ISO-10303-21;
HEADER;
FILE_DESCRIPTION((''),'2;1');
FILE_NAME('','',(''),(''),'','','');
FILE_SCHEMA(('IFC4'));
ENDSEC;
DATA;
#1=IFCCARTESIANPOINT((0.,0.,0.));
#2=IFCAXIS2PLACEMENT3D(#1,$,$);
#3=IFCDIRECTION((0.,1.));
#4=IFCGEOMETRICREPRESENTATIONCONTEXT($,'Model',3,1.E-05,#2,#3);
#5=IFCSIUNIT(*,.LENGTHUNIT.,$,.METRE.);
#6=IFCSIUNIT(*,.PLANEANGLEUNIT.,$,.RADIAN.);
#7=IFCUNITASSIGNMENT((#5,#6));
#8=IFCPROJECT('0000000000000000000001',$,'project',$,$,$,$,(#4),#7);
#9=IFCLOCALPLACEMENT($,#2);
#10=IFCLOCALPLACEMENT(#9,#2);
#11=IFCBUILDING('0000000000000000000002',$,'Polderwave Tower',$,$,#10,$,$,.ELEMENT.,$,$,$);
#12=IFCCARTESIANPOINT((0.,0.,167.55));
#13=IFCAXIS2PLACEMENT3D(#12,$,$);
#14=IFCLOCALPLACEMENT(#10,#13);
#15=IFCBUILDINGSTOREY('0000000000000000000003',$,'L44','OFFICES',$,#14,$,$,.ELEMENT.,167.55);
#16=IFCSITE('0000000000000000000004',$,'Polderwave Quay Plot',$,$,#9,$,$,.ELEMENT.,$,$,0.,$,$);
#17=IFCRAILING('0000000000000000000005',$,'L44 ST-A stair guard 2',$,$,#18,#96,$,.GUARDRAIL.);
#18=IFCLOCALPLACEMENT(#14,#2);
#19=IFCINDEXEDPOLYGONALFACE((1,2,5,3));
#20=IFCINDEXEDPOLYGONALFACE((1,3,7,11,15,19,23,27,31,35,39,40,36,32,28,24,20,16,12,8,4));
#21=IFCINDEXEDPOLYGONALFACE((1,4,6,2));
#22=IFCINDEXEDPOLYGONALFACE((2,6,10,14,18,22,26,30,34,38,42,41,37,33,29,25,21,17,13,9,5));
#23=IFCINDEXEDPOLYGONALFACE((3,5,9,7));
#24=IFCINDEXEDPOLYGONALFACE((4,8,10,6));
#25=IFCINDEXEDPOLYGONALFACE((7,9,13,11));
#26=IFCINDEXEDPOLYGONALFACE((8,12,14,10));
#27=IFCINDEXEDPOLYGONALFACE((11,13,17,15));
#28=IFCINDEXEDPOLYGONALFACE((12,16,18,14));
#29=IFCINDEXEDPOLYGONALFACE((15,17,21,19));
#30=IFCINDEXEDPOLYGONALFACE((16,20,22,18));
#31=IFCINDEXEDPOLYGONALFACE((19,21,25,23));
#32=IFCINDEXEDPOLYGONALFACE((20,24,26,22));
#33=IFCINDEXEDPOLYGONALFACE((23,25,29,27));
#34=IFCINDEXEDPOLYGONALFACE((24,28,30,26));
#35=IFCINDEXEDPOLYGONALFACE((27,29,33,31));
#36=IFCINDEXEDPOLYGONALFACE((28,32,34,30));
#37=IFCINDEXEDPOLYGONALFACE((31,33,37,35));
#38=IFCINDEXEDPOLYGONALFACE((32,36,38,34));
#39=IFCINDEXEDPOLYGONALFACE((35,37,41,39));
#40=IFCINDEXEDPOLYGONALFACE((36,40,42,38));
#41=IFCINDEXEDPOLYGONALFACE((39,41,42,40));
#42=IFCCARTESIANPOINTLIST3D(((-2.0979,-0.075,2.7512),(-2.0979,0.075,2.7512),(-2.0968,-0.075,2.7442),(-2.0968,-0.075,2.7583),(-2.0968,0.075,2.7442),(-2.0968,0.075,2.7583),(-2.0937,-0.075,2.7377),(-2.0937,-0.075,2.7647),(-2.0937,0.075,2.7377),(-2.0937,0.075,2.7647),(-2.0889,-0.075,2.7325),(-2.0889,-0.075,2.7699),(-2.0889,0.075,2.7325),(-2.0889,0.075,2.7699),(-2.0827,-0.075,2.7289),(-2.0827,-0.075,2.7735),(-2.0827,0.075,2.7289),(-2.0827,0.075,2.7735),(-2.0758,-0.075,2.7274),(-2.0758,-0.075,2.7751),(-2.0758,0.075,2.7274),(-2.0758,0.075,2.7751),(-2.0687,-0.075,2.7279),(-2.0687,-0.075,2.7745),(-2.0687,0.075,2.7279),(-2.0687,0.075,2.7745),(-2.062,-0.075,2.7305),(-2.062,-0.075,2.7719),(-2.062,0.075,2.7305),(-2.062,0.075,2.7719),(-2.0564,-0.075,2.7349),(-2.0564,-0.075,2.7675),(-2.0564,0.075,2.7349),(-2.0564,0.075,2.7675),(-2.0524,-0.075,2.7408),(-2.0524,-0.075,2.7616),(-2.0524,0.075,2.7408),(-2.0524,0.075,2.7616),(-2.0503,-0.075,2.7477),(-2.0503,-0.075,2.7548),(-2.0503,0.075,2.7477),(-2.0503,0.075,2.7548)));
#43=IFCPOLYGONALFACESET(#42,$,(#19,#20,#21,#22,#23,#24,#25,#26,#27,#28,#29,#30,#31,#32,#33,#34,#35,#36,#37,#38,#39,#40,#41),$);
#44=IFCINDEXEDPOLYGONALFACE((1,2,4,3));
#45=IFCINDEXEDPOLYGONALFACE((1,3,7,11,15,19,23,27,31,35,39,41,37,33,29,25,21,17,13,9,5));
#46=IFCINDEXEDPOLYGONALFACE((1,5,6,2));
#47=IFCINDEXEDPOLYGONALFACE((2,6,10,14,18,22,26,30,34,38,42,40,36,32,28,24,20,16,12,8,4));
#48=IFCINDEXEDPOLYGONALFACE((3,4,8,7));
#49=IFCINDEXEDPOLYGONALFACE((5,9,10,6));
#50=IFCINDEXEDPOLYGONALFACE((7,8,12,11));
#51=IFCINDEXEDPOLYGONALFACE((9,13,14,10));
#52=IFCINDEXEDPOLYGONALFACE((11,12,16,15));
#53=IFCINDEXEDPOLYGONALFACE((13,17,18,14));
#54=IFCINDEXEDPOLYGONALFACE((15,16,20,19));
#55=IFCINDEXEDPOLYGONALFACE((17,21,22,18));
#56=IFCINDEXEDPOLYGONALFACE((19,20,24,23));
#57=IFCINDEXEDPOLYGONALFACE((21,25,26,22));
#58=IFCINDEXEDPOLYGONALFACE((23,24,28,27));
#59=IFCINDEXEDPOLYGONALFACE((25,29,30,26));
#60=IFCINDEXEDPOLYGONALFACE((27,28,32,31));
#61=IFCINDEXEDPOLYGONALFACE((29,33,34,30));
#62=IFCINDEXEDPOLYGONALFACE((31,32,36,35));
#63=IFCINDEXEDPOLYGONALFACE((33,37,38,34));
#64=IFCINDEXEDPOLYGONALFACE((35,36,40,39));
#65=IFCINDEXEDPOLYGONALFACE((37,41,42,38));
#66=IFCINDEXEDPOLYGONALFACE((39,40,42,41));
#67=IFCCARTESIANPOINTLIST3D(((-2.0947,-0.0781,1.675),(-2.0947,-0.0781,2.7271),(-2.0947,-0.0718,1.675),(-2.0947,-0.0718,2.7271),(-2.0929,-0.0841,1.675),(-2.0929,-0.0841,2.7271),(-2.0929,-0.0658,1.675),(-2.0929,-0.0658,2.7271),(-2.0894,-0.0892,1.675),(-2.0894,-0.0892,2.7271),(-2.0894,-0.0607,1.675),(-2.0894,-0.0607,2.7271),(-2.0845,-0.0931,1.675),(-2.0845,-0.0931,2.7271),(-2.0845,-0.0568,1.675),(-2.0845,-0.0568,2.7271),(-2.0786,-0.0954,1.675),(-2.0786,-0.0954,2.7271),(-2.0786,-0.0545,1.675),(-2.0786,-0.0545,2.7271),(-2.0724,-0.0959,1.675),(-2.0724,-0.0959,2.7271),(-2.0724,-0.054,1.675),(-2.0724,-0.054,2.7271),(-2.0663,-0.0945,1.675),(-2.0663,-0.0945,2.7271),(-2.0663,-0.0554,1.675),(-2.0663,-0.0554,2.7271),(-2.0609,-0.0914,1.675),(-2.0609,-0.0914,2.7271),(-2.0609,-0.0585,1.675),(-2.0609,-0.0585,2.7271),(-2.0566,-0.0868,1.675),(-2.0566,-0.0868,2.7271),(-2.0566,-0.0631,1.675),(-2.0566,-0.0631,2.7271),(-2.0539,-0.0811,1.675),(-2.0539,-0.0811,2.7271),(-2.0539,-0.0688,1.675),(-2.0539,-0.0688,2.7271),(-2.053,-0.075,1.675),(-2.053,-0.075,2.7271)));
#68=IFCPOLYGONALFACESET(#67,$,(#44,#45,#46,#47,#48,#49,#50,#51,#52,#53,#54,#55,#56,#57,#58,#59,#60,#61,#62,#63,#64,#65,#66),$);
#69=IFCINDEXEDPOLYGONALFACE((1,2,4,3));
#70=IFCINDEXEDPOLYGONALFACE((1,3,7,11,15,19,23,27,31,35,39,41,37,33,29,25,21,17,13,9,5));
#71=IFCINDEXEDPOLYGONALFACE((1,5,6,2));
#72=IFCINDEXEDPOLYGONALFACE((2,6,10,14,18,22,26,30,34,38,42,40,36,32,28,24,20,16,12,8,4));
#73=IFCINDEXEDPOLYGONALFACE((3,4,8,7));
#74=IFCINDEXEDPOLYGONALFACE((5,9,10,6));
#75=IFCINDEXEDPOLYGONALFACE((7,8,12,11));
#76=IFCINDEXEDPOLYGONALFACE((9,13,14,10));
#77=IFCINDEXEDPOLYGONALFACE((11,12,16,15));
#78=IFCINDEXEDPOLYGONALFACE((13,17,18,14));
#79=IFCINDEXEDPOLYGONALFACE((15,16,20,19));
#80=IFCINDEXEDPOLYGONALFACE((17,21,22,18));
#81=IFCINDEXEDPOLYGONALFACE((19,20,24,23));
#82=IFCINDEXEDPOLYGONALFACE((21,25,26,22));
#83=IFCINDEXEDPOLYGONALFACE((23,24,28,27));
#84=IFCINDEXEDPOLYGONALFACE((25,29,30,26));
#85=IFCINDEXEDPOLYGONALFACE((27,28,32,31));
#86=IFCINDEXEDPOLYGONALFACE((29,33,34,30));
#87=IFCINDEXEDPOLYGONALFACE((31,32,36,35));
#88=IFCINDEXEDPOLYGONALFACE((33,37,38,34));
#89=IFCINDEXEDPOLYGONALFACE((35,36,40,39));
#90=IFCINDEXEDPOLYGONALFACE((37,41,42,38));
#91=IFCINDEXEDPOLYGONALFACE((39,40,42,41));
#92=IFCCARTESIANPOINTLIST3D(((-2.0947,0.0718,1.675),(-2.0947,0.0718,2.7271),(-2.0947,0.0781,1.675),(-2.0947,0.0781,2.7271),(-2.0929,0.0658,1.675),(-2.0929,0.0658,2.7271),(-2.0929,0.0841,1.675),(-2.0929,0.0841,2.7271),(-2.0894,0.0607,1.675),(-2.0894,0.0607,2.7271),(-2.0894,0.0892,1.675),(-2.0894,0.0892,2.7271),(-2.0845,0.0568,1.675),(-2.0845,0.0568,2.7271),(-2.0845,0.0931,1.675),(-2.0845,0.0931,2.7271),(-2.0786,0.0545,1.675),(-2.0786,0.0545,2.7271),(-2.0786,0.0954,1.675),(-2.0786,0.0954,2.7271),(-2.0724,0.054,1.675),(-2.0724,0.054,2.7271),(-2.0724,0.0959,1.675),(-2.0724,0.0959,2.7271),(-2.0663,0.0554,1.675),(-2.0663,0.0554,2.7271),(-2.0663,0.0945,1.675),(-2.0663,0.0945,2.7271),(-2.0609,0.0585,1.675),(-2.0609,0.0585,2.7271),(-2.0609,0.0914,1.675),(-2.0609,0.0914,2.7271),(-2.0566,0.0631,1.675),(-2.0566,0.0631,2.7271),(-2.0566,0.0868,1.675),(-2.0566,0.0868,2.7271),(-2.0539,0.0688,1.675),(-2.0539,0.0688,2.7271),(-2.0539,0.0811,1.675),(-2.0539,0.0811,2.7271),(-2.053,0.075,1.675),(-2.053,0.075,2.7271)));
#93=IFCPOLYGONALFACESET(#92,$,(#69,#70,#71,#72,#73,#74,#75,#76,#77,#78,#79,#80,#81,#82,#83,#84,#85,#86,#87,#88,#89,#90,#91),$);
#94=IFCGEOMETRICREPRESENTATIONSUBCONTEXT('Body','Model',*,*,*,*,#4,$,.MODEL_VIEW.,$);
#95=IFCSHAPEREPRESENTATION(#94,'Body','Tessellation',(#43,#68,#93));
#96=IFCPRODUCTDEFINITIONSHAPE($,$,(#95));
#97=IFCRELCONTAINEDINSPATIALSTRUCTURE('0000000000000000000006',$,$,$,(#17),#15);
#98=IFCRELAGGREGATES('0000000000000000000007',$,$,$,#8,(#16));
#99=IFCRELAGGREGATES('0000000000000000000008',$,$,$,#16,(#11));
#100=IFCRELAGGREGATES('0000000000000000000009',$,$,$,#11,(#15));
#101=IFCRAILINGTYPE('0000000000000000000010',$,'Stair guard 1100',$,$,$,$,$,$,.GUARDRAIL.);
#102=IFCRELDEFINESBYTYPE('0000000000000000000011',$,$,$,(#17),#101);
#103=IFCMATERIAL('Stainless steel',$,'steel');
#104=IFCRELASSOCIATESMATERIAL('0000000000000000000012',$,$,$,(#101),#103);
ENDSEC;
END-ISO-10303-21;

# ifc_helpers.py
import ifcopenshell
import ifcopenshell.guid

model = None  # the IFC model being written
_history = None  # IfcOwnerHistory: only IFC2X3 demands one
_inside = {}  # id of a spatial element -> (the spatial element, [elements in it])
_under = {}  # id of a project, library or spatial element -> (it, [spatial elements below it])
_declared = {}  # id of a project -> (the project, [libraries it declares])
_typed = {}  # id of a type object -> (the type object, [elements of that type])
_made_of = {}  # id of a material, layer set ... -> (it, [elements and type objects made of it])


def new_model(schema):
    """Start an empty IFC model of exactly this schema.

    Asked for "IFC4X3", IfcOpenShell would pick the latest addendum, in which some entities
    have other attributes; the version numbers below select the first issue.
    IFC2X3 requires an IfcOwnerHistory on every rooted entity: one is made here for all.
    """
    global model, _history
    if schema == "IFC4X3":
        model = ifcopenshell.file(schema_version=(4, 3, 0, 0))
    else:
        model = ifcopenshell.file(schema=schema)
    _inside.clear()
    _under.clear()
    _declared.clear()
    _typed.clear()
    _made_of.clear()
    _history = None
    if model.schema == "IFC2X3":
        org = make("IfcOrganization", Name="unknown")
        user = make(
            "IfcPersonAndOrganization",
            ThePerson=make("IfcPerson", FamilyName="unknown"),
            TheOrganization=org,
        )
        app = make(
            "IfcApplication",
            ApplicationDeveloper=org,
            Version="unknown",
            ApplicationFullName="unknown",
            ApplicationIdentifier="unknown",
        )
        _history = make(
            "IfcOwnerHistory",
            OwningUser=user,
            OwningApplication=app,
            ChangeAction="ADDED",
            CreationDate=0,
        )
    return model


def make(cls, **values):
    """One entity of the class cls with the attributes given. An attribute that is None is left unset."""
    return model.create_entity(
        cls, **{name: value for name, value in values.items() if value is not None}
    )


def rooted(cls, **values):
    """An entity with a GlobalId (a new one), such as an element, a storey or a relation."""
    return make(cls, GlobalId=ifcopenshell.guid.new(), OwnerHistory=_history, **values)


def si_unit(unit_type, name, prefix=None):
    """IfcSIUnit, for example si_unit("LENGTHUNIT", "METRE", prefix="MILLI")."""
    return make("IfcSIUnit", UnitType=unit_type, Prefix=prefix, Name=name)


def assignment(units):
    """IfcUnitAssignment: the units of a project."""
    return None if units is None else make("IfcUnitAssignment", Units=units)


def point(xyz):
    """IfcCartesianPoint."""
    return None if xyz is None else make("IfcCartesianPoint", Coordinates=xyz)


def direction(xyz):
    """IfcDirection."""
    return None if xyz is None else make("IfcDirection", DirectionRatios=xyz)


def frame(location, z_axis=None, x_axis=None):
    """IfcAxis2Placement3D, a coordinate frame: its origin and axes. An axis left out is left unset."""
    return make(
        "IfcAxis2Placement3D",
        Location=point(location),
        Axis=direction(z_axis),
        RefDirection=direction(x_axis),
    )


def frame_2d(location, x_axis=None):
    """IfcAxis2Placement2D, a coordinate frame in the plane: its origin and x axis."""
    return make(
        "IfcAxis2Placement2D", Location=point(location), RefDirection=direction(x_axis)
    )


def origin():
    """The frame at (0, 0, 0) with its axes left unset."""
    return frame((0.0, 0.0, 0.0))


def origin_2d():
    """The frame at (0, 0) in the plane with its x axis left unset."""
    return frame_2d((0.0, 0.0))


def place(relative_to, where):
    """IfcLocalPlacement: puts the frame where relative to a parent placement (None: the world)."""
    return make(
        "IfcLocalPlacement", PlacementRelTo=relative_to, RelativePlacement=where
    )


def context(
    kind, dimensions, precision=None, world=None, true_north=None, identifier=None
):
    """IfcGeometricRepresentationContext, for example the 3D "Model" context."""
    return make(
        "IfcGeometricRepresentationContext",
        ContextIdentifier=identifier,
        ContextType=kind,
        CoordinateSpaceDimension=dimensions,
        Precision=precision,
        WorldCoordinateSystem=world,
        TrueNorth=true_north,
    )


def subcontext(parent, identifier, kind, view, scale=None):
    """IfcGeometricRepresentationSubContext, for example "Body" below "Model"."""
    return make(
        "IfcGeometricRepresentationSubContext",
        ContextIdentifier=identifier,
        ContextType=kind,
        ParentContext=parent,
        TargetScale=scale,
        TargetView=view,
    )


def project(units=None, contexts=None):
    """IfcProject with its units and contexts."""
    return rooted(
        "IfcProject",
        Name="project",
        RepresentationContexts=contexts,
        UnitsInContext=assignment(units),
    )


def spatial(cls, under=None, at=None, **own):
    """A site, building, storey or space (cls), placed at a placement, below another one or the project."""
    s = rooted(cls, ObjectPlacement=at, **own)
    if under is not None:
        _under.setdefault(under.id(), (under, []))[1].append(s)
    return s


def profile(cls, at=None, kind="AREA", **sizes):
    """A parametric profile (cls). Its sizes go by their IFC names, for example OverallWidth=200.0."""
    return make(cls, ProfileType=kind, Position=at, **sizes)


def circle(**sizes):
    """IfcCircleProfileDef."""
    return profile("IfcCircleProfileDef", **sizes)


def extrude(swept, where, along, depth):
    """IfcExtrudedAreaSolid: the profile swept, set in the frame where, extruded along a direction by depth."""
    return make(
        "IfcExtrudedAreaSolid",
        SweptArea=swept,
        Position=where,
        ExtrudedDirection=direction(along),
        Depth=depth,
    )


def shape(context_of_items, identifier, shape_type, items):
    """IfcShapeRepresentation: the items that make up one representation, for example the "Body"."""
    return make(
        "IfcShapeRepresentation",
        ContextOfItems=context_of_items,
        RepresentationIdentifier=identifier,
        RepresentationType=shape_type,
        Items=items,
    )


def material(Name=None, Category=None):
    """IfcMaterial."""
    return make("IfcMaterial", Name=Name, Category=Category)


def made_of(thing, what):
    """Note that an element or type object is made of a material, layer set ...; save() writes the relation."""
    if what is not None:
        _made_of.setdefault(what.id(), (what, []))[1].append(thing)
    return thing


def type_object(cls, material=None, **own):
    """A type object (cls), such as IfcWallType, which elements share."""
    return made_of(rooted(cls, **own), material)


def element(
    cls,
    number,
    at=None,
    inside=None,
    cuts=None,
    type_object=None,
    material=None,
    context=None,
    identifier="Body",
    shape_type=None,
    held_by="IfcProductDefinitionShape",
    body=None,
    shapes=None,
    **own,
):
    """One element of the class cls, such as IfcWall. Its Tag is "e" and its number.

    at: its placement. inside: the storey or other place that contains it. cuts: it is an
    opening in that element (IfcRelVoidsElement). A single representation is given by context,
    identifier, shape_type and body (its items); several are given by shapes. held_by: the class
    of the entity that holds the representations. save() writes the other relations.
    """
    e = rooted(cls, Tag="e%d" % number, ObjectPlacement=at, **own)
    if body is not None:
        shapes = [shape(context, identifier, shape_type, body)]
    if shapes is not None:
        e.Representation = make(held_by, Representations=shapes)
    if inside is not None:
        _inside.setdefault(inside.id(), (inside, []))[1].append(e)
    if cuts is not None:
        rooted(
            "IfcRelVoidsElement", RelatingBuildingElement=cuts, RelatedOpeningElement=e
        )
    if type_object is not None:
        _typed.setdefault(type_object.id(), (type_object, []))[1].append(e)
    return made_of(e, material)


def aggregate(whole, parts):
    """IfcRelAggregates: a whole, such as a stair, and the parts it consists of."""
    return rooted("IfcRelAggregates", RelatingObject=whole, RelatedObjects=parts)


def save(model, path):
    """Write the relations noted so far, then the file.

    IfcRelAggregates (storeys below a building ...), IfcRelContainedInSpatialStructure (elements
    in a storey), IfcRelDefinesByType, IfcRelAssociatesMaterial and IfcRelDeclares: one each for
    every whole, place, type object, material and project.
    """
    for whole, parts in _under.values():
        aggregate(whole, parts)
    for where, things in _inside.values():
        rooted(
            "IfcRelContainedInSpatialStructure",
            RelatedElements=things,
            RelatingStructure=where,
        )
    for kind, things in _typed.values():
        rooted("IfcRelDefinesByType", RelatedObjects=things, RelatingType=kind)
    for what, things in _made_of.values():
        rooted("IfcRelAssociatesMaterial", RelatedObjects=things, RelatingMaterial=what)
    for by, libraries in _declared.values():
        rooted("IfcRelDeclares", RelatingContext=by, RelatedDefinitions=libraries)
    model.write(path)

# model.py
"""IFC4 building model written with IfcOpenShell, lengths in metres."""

from ifc_helpers import new_model, si_unit, direction, frame, origin, origin_2d, place, context, subcontext, project, spatial, circle, extrude, material, type_object, element, save


model = new_model("IFC4")

# Units and contexts
model_context = context("Model", 3, precision=1e-05, world=origin(), true_north=direction((0.0, 1.0)))
body_context = subcontext(model_context, "Body", "Model", "MODEL_VIEW")
ifc_project = project(units=[si_unit("LENGTHUNIT", "METRE"), si_unit("PLANEANGLEUNIT", "RADIAN")], contexts=[model_context])

# Site, building, storey
site_placement = place(None, origin())
site = spatial("IfcSite", under=ifc_project, at=site_placement, Name="Polderwave Quay Plot", CompositionType="ELEMENT", RefElevation=0.0)
building_placement = place(site_placement, origin())
building = spatial("IfcBuilding", under=site, at=building_placement, Name="Polderwave Tower", CompositionType="ELEMENT")
storey_placement = place(building_placement, frame((0.0, 0.0, 167.55)))
storey = spatial("IfcBuildingStorey", under=building, at=storey_placement, Name="L44", Description="OFFICES", CompositionType="ELEMENT", Elevation=167.55)

# Railing
ifc_material_1 = material(Name="Stainless steel", Category="steel")
railing_type = type_object("IfcRailingType", Name="Stair guard 1100", PredefinedType="GUARDRAIL", material=ifc_material_1)
railing_1_placement = place(storey_placement, frame((-2.074, -0.075, 1.675)))
element("IfcRailing", 1, at=railing_1_placement, inside=storey, type_object=railing_type, Name="L44 ST-A stair guard 2", PredefinedType="GUARDRAIL", context=body_context, shape_type="SweptSolid", body=[
    extrude(circle(Radius=0.0239, at=origin_2d()), frame((0.0, 0.0, 1.0762), z_axis=(0.0, 1.0, 0.0), x_axis=(-1.0, 0.0, 0.0)), (0.0, 0.0, 1.0), 0.1499),
    extrude(circle(Radius=0.021, at=origin_2d()), origin(), (0.0, 0.0, 1.0), 1.052),
    extrude(circle(Radius=0.021, at=origin_2d()), frame((0.0, 0.1499, 0.0)), (0.0, 0.0, 1.0), 1.052),
])

save(model, "model.ifc")
